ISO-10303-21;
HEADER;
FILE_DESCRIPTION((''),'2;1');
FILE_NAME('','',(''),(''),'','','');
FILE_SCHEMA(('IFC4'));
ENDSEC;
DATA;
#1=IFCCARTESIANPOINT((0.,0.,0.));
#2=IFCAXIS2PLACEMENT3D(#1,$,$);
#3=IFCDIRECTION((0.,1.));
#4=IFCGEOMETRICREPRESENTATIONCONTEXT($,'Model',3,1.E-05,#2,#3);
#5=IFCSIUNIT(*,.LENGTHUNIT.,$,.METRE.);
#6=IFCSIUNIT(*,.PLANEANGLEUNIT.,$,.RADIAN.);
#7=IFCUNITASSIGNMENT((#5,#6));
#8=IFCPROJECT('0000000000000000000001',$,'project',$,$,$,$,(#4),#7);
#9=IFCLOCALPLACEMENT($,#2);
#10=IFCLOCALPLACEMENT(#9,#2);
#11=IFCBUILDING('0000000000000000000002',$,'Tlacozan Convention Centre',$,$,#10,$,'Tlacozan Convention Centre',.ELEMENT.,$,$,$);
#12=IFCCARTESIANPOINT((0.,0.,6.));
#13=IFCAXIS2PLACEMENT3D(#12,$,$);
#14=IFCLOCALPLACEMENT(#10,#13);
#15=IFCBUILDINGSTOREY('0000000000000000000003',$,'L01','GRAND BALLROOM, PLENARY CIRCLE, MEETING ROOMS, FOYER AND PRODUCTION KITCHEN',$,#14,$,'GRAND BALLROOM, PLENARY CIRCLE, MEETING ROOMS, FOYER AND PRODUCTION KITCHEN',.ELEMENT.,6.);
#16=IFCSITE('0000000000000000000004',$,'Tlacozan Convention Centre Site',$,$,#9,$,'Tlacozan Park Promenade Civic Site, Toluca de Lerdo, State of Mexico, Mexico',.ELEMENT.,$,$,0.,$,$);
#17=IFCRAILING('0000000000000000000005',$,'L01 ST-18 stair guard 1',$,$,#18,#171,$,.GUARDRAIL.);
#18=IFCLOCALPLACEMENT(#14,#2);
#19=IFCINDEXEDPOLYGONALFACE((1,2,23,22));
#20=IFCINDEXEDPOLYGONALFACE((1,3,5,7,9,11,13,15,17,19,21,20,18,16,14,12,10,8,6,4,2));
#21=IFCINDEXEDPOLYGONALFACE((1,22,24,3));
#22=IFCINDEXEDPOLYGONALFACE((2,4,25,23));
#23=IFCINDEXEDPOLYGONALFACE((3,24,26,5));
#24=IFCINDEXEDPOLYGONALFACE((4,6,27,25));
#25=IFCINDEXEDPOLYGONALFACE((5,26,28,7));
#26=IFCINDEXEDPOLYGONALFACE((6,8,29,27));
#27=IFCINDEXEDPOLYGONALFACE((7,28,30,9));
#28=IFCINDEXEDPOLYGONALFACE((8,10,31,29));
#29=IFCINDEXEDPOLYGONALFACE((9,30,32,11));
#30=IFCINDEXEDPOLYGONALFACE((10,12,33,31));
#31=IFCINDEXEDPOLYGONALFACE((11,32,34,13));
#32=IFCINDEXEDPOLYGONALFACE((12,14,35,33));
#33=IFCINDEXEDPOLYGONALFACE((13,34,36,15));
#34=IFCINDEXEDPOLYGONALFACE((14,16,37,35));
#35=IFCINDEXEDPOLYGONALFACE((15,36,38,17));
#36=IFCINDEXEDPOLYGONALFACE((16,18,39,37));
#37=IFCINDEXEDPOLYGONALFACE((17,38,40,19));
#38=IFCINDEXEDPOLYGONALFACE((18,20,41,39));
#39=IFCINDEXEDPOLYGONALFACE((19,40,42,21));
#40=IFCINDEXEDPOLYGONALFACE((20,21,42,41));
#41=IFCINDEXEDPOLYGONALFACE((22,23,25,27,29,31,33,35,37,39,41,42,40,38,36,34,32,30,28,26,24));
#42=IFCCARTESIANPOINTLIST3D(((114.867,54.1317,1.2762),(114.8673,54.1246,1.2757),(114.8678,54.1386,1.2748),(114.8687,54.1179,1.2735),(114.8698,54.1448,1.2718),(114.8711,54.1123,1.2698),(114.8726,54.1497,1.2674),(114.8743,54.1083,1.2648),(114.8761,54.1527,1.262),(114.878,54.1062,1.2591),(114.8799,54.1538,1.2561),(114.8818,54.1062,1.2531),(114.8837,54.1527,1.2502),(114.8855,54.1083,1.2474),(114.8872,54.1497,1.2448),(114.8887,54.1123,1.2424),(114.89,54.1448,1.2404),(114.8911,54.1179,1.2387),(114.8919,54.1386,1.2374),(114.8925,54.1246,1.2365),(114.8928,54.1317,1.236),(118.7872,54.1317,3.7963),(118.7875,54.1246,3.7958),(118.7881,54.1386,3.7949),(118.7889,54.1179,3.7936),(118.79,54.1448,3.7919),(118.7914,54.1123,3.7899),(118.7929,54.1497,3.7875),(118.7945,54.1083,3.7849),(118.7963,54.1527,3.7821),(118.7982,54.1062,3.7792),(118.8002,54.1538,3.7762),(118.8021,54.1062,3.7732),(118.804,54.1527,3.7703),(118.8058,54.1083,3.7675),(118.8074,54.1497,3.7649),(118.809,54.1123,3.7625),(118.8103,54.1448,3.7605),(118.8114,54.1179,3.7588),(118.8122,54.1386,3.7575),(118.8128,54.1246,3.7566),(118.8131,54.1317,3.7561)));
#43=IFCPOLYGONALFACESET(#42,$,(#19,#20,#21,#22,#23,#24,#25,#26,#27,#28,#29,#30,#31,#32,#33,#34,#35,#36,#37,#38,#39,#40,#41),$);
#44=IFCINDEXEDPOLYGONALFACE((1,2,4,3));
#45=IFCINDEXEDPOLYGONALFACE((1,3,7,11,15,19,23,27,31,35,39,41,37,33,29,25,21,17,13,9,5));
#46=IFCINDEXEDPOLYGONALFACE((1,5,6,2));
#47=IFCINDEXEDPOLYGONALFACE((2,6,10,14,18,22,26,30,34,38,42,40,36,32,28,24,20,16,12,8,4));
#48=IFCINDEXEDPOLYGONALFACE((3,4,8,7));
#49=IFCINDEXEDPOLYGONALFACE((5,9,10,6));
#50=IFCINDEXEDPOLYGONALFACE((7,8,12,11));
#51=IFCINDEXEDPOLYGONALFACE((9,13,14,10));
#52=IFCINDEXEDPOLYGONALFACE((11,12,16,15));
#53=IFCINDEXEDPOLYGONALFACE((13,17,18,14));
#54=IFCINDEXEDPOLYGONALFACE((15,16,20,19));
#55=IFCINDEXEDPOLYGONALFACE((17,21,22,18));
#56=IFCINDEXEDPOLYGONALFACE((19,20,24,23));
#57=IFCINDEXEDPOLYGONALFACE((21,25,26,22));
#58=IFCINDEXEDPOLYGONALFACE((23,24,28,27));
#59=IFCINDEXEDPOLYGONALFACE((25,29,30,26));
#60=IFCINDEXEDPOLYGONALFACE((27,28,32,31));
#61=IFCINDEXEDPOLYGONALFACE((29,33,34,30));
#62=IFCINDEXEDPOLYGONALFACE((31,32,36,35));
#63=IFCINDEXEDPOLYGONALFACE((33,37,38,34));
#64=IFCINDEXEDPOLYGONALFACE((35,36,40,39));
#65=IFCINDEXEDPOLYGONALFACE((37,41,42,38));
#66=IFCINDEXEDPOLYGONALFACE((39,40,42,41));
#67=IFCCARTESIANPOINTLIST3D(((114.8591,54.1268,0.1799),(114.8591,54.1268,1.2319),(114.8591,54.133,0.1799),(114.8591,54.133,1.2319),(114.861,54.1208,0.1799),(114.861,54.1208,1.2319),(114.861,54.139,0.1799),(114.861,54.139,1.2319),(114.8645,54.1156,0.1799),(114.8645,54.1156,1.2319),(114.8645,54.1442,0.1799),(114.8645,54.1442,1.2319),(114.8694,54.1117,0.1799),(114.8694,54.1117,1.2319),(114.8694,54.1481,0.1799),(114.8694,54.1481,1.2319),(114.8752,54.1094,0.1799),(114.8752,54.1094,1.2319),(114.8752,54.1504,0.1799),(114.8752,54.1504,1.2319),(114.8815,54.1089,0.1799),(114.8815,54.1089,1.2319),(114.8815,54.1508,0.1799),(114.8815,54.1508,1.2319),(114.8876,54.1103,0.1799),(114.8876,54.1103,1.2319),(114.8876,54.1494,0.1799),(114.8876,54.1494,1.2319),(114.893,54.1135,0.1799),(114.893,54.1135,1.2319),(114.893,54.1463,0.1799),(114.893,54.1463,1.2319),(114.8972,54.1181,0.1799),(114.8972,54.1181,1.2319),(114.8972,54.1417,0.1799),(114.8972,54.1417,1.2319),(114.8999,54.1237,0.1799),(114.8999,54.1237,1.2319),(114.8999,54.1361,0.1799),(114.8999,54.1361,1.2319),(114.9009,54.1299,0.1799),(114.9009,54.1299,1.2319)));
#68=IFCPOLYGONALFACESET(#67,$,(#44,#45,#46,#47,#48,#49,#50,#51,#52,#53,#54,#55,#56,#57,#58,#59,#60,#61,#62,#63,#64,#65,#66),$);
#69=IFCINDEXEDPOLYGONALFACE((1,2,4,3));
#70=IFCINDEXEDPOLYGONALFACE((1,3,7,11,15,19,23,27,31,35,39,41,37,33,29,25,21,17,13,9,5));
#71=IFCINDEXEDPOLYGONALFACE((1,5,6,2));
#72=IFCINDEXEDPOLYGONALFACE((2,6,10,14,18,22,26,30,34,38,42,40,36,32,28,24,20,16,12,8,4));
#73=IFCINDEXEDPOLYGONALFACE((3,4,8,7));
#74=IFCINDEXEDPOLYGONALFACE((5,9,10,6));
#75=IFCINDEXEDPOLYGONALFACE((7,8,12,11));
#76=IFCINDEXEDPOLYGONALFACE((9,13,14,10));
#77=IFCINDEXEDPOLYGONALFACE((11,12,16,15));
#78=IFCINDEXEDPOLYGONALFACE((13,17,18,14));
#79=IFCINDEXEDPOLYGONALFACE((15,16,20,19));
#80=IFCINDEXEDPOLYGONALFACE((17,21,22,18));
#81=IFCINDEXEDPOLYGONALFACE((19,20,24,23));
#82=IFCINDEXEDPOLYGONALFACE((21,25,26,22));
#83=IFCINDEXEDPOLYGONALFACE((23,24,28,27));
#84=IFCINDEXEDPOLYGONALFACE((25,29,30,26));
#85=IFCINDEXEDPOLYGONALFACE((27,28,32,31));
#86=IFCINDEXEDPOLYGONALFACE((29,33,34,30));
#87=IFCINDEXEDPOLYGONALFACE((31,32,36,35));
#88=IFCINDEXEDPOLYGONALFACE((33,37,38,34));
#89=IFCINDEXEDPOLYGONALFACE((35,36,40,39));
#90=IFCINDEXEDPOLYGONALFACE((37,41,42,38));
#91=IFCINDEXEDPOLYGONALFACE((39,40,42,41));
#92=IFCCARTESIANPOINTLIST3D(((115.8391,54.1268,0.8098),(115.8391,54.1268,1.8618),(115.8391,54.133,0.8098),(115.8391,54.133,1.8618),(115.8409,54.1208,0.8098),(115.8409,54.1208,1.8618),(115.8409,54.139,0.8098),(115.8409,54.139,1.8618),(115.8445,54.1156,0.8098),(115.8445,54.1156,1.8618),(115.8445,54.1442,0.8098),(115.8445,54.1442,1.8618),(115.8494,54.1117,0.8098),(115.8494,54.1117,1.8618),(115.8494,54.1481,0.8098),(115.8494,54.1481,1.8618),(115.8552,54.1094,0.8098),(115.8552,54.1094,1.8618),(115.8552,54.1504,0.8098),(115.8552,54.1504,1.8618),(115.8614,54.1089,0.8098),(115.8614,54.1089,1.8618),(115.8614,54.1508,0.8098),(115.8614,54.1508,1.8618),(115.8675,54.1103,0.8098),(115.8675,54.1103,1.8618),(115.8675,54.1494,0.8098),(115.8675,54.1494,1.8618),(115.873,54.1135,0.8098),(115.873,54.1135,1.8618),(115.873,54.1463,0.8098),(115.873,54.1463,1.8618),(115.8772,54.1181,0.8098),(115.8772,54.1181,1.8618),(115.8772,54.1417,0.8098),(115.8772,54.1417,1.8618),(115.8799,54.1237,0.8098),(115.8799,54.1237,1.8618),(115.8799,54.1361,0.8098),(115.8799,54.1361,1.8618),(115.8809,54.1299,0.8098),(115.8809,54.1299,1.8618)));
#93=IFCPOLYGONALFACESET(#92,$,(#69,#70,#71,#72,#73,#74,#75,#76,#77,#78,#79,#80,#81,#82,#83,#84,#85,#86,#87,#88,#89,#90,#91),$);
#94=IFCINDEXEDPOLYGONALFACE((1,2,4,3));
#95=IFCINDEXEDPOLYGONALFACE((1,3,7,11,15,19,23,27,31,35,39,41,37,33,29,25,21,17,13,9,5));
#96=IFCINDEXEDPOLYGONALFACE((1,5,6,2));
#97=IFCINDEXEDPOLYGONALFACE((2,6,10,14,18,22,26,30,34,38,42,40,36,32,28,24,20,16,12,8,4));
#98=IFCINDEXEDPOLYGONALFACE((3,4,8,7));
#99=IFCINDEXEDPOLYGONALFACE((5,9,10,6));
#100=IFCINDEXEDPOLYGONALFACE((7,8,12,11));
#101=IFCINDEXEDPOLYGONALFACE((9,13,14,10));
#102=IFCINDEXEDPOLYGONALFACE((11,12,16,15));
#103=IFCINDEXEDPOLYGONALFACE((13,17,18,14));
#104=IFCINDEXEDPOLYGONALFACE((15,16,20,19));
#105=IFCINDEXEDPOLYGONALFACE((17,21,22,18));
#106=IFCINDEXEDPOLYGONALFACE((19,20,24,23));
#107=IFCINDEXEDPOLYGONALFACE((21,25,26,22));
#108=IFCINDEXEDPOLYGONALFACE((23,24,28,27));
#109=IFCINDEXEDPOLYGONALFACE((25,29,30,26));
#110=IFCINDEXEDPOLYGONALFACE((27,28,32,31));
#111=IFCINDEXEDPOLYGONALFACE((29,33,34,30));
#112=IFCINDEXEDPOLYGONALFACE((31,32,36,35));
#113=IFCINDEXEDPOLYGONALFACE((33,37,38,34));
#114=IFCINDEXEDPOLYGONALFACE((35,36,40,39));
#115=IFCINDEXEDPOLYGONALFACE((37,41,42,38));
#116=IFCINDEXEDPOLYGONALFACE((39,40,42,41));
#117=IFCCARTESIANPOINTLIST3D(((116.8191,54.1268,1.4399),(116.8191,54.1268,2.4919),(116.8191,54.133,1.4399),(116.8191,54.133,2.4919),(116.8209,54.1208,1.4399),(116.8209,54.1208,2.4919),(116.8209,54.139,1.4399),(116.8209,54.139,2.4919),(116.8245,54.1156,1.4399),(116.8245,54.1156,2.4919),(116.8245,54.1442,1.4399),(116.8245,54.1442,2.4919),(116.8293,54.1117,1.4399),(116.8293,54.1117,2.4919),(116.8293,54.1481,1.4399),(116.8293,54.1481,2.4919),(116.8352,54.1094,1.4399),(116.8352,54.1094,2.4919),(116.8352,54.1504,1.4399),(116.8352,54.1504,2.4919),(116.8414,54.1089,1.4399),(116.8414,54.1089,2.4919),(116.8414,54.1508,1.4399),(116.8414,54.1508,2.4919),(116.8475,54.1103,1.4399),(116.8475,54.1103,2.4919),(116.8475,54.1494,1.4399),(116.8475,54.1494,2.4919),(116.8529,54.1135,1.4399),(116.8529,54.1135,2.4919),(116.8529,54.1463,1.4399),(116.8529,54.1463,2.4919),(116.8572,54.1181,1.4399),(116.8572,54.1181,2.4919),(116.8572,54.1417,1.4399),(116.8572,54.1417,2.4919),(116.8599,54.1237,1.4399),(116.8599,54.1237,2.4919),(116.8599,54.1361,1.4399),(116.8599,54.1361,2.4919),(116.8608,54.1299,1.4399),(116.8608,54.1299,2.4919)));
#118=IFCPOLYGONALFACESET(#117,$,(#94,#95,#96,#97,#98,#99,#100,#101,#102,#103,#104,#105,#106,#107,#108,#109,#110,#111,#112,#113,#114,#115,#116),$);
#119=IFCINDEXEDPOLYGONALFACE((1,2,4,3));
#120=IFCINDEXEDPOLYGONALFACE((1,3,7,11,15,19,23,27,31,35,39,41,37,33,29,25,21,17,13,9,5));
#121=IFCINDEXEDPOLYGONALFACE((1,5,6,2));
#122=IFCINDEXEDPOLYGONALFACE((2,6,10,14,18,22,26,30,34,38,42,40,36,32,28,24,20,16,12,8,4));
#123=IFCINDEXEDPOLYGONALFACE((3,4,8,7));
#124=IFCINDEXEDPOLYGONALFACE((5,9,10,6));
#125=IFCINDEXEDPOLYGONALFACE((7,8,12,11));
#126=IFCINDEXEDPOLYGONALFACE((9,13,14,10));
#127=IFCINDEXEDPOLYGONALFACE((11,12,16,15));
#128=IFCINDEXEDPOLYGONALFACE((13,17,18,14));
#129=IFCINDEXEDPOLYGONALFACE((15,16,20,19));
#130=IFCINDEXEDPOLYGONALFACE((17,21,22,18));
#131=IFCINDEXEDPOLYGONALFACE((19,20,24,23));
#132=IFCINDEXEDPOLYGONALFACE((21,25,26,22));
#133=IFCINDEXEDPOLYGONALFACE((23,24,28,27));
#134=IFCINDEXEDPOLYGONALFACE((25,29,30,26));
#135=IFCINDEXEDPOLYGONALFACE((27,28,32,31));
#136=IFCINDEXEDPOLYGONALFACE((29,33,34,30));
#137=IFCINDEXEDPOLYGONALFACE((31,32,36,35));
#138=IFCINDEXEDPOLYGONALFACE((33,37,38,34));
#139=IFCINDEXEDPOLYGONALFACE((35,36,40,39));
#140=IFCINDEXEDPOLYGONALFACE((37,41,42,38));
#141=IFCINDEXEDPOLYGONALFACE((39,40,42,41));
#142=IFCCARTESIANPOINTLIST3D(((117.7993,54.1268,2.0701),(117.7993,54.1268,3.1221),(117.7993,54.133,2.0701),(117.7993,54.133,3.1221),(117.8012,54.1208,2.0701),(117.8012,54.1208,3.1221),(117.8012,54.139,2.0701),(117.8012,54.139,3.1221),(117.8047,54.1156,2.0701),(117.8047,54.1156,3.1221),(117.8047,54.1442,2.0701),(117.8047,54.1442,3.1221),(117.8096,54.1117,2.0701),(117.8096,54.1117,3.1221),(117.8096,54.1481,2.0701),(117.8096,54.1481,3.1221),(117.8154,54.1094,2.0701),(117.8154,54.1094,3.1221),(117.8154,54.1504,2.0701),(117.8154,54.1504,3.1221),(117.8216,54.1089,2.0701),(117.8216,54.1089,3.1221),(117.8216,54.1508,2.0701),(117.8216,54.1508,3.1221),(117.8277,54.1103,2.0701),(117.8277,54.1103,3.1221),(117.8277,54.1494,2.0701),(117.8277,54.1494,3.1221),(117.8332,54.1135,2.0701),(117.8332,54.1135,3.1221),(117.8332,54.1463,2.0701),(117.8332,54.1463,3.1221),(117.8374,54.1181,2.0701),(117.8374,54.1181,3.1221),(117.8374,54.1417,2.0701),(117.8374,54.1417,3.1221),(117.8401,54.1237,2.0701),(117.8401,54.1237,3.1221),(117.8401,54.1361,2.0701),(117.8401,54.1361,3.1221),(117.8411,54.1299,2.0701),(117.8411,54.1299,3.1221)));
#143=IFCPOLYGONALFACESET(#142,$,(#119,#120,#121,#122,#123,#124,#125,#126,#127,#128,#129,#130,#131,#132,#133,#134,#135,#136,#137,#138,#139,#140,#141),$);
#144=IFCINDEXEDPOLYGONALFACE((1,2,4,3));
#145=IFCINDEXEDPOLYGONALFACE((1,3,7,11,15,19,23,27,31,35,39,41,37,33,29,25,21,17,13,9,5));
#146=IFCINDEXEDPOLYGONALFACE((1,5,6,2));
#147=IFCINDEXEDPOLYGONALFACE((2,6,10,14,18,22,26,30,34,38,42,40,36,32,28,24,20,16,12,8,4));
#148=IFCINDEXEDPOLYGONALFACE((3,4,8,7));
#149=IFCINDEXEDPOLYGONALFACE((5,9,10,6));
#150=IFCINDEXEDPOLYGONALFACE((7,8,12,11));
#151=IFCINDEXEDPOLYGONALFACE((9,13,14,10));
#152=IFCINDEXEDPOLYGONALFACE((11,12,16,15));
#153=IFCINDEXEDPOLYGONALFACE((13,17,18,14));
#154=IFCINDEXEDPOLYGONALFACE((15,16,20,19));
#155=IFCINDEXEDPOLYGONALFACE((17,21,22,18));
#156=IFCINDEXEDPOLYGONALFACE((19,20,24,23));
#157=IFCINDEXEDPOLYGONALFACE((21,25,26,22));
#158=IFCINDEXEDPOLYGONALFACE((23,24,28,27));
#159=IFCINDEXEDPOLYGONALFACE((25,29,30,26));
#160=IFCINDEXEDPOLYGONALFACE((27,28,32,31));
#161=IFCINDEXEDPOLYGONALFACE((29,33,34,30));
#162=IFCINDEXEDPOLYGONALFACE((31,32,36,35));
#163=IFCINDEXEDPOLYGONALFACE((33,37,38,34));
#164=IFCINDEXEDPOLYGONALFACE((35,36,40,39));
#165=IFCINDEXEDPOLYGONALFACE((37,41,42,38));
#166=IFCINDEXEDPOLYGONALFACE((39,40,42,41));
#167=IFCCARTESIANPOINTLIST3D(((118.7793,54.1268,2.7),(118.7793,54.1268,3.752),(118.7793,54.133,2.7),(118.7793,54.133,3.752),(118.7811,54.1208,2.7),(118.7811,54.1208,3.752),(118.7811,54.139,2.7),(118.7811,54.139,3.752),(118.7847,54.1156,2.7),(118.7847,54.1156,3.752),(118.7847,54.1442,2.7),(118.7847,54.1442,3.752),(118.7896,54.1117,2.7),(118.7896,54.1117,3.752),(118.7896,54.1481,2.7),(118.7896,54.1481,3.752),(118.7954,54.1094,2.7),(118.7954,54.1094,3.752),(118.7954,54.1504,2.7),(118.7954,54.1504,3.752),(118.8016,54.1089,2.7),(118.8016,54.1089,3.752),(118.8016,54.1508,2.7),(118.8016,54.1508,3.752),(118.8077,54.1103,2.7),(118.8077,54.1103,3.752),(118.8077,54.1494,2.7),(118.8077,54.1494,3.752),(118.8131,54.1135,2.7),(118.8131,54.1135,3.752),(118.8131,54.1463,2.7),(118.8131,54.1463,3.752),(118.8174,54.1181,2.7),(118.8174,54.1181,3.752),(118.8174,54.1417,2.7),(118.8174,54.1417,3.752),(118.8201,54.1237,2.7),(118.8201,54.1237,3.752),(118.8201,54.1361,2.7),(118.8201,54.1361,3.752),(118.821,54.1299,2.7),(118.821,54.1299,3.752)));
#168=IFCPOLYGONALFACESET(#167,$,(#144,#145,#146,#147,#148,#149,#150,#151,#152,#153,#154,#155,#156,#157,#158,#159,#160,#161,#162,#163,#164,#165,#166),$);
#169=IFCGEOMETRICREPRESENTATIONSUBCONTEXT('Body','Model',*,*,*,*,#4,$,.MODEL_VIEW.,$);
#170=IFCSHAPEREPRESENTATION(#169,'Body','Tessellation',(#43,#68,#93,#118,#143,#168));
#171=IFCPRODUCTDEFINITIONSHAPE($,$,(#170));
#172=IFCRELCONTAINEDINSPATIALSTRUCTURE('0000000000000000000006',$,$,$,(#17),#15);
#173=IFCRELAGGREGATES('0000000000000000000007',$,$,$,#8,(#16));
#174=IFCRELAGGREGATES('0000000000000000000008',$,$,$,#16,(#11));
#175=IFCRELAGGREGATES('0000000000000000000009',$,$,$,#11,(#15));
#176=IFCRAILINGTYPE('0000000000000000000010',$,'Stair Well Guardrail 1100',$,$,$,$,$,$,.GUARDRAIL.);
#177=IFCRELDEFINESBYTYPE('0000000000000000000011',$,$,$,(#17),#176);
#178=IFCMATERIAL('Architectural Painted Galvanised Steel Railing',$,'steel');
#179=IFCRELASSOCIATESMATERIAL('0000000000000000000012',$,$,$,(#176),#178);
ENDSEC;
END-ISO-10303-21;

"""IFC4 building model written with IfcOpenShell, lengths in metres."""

from ifc_helpers import new_model, si_unit, direction, frame, origin, origin_2d, place, context, subcontext, project, spatial, circle, extrude, material, type_object, element, save


model = new_model("IFC4")

# Units and contexts
model_context = context("Model", 3, precision=1e-05, world=origin(), true_north=direction((0.0, 1.0)))
body_context = subcontext(model_context, "Body", "Model", "MODEL_VIEW")
ifc_project = project(units=[si_unit("LENGTHUNIT", "METRE"), si_unit("PLANEANGLEUNIT", "RADIAN")], contexts=[model_context])

# Site, building, storey
site_placement = place(None, origin())
site = spatial("IfcSite", under=ifc_project, at=site_placement, Name="Tlacozan Convention Centre Site", LongName="Tlacozan Park Promenade Civic Site, Toluca de Lerdo, State of Mexico, Mexico", CompositionType="ELEMENT", RefElevation=0.0)
building_placement = place(site_placement, origin())
building = spatial("IfcBuilding", under=site, at=building_placement, Name="Tlacozan Convention Centre", LongName="Tlacozan Convention Centre", CompositionType="ELEMENT")
storey_placement = place(building_placement, frame((0.0, 0.0, 6.0)))
storey = spatial("IfcBuildingStorey", under=building, at=storey_placement, Name="L01", Description="GRAND BALLROOM, PLENARY CIRCLE, MEETING ROOMS, FOYER AND PRODUCTION KITCHEN", LongName="GRAND BALLROOM, PLENARY CIRCLE, MEETING ROOMS, FOYER AND PRODUCTION KITCHEN", CompositionType="ELEMENT", Elevation=6.0)

# Railing
ifc_material_1 = material(Name="Architectural Painted Galvanised Steel Railing", Category="steel")
railing_type_1 = type_object("IfcRailingType", Name="Stair Well Guardrail 1100", PredefinedType="GUARDRAIL", material=ifc_material_1)
railing_1_placement = place(storey_placement, frame((114.8799, 54.1299, 0.1799)))
element("IfcRailing", 1, at=railing_1_placement, inside=storey, type_object=railing_type_1, Name="L01 ST-18 stair guard 1", PredefinedType="GUARDRAIL", context=body_context, shape_type="SweptSolid", body=[
    extrude(circle(Radius=0.0239, at=origin_2d()), frame((0.0, 0.0, 1.0762), z_axis=(0.841187, 0.0, 0.540744), x_axis=(0.0, 1.0, 0.0)), (0.0, 0.0, 1.0), 4.6604),
    extrude(circle(Radius=0.021, at=origin_2d()), origin(), (0.0, 0.0, 1.0), 1.052),
    extrude(circle(Radius=0.021, at=origin_2d()), frame((0.98, 0.0, 0.6299)), (0.0, 0.0, 1.0), 1.052),
    extrude(circle(Radius=0.021, at=origin_2d()), frame((1.96, 0.0, 1.26)), (0.0, 0.0, 1.0), 1.052),
    extrude(circle(Radius=0.021, at=origin_2d()), frame((2.9402, 0.0, 1.8901)), (0.0, 0.0, 1.0), 1.052),
    extrude(circle(Radius=0.021, at=origin_2d()), frame((3.9202, 0.0, 2.52)), (0.0, 0.0, 1.0), 1.052),
])

save(model, "model.ifc")
